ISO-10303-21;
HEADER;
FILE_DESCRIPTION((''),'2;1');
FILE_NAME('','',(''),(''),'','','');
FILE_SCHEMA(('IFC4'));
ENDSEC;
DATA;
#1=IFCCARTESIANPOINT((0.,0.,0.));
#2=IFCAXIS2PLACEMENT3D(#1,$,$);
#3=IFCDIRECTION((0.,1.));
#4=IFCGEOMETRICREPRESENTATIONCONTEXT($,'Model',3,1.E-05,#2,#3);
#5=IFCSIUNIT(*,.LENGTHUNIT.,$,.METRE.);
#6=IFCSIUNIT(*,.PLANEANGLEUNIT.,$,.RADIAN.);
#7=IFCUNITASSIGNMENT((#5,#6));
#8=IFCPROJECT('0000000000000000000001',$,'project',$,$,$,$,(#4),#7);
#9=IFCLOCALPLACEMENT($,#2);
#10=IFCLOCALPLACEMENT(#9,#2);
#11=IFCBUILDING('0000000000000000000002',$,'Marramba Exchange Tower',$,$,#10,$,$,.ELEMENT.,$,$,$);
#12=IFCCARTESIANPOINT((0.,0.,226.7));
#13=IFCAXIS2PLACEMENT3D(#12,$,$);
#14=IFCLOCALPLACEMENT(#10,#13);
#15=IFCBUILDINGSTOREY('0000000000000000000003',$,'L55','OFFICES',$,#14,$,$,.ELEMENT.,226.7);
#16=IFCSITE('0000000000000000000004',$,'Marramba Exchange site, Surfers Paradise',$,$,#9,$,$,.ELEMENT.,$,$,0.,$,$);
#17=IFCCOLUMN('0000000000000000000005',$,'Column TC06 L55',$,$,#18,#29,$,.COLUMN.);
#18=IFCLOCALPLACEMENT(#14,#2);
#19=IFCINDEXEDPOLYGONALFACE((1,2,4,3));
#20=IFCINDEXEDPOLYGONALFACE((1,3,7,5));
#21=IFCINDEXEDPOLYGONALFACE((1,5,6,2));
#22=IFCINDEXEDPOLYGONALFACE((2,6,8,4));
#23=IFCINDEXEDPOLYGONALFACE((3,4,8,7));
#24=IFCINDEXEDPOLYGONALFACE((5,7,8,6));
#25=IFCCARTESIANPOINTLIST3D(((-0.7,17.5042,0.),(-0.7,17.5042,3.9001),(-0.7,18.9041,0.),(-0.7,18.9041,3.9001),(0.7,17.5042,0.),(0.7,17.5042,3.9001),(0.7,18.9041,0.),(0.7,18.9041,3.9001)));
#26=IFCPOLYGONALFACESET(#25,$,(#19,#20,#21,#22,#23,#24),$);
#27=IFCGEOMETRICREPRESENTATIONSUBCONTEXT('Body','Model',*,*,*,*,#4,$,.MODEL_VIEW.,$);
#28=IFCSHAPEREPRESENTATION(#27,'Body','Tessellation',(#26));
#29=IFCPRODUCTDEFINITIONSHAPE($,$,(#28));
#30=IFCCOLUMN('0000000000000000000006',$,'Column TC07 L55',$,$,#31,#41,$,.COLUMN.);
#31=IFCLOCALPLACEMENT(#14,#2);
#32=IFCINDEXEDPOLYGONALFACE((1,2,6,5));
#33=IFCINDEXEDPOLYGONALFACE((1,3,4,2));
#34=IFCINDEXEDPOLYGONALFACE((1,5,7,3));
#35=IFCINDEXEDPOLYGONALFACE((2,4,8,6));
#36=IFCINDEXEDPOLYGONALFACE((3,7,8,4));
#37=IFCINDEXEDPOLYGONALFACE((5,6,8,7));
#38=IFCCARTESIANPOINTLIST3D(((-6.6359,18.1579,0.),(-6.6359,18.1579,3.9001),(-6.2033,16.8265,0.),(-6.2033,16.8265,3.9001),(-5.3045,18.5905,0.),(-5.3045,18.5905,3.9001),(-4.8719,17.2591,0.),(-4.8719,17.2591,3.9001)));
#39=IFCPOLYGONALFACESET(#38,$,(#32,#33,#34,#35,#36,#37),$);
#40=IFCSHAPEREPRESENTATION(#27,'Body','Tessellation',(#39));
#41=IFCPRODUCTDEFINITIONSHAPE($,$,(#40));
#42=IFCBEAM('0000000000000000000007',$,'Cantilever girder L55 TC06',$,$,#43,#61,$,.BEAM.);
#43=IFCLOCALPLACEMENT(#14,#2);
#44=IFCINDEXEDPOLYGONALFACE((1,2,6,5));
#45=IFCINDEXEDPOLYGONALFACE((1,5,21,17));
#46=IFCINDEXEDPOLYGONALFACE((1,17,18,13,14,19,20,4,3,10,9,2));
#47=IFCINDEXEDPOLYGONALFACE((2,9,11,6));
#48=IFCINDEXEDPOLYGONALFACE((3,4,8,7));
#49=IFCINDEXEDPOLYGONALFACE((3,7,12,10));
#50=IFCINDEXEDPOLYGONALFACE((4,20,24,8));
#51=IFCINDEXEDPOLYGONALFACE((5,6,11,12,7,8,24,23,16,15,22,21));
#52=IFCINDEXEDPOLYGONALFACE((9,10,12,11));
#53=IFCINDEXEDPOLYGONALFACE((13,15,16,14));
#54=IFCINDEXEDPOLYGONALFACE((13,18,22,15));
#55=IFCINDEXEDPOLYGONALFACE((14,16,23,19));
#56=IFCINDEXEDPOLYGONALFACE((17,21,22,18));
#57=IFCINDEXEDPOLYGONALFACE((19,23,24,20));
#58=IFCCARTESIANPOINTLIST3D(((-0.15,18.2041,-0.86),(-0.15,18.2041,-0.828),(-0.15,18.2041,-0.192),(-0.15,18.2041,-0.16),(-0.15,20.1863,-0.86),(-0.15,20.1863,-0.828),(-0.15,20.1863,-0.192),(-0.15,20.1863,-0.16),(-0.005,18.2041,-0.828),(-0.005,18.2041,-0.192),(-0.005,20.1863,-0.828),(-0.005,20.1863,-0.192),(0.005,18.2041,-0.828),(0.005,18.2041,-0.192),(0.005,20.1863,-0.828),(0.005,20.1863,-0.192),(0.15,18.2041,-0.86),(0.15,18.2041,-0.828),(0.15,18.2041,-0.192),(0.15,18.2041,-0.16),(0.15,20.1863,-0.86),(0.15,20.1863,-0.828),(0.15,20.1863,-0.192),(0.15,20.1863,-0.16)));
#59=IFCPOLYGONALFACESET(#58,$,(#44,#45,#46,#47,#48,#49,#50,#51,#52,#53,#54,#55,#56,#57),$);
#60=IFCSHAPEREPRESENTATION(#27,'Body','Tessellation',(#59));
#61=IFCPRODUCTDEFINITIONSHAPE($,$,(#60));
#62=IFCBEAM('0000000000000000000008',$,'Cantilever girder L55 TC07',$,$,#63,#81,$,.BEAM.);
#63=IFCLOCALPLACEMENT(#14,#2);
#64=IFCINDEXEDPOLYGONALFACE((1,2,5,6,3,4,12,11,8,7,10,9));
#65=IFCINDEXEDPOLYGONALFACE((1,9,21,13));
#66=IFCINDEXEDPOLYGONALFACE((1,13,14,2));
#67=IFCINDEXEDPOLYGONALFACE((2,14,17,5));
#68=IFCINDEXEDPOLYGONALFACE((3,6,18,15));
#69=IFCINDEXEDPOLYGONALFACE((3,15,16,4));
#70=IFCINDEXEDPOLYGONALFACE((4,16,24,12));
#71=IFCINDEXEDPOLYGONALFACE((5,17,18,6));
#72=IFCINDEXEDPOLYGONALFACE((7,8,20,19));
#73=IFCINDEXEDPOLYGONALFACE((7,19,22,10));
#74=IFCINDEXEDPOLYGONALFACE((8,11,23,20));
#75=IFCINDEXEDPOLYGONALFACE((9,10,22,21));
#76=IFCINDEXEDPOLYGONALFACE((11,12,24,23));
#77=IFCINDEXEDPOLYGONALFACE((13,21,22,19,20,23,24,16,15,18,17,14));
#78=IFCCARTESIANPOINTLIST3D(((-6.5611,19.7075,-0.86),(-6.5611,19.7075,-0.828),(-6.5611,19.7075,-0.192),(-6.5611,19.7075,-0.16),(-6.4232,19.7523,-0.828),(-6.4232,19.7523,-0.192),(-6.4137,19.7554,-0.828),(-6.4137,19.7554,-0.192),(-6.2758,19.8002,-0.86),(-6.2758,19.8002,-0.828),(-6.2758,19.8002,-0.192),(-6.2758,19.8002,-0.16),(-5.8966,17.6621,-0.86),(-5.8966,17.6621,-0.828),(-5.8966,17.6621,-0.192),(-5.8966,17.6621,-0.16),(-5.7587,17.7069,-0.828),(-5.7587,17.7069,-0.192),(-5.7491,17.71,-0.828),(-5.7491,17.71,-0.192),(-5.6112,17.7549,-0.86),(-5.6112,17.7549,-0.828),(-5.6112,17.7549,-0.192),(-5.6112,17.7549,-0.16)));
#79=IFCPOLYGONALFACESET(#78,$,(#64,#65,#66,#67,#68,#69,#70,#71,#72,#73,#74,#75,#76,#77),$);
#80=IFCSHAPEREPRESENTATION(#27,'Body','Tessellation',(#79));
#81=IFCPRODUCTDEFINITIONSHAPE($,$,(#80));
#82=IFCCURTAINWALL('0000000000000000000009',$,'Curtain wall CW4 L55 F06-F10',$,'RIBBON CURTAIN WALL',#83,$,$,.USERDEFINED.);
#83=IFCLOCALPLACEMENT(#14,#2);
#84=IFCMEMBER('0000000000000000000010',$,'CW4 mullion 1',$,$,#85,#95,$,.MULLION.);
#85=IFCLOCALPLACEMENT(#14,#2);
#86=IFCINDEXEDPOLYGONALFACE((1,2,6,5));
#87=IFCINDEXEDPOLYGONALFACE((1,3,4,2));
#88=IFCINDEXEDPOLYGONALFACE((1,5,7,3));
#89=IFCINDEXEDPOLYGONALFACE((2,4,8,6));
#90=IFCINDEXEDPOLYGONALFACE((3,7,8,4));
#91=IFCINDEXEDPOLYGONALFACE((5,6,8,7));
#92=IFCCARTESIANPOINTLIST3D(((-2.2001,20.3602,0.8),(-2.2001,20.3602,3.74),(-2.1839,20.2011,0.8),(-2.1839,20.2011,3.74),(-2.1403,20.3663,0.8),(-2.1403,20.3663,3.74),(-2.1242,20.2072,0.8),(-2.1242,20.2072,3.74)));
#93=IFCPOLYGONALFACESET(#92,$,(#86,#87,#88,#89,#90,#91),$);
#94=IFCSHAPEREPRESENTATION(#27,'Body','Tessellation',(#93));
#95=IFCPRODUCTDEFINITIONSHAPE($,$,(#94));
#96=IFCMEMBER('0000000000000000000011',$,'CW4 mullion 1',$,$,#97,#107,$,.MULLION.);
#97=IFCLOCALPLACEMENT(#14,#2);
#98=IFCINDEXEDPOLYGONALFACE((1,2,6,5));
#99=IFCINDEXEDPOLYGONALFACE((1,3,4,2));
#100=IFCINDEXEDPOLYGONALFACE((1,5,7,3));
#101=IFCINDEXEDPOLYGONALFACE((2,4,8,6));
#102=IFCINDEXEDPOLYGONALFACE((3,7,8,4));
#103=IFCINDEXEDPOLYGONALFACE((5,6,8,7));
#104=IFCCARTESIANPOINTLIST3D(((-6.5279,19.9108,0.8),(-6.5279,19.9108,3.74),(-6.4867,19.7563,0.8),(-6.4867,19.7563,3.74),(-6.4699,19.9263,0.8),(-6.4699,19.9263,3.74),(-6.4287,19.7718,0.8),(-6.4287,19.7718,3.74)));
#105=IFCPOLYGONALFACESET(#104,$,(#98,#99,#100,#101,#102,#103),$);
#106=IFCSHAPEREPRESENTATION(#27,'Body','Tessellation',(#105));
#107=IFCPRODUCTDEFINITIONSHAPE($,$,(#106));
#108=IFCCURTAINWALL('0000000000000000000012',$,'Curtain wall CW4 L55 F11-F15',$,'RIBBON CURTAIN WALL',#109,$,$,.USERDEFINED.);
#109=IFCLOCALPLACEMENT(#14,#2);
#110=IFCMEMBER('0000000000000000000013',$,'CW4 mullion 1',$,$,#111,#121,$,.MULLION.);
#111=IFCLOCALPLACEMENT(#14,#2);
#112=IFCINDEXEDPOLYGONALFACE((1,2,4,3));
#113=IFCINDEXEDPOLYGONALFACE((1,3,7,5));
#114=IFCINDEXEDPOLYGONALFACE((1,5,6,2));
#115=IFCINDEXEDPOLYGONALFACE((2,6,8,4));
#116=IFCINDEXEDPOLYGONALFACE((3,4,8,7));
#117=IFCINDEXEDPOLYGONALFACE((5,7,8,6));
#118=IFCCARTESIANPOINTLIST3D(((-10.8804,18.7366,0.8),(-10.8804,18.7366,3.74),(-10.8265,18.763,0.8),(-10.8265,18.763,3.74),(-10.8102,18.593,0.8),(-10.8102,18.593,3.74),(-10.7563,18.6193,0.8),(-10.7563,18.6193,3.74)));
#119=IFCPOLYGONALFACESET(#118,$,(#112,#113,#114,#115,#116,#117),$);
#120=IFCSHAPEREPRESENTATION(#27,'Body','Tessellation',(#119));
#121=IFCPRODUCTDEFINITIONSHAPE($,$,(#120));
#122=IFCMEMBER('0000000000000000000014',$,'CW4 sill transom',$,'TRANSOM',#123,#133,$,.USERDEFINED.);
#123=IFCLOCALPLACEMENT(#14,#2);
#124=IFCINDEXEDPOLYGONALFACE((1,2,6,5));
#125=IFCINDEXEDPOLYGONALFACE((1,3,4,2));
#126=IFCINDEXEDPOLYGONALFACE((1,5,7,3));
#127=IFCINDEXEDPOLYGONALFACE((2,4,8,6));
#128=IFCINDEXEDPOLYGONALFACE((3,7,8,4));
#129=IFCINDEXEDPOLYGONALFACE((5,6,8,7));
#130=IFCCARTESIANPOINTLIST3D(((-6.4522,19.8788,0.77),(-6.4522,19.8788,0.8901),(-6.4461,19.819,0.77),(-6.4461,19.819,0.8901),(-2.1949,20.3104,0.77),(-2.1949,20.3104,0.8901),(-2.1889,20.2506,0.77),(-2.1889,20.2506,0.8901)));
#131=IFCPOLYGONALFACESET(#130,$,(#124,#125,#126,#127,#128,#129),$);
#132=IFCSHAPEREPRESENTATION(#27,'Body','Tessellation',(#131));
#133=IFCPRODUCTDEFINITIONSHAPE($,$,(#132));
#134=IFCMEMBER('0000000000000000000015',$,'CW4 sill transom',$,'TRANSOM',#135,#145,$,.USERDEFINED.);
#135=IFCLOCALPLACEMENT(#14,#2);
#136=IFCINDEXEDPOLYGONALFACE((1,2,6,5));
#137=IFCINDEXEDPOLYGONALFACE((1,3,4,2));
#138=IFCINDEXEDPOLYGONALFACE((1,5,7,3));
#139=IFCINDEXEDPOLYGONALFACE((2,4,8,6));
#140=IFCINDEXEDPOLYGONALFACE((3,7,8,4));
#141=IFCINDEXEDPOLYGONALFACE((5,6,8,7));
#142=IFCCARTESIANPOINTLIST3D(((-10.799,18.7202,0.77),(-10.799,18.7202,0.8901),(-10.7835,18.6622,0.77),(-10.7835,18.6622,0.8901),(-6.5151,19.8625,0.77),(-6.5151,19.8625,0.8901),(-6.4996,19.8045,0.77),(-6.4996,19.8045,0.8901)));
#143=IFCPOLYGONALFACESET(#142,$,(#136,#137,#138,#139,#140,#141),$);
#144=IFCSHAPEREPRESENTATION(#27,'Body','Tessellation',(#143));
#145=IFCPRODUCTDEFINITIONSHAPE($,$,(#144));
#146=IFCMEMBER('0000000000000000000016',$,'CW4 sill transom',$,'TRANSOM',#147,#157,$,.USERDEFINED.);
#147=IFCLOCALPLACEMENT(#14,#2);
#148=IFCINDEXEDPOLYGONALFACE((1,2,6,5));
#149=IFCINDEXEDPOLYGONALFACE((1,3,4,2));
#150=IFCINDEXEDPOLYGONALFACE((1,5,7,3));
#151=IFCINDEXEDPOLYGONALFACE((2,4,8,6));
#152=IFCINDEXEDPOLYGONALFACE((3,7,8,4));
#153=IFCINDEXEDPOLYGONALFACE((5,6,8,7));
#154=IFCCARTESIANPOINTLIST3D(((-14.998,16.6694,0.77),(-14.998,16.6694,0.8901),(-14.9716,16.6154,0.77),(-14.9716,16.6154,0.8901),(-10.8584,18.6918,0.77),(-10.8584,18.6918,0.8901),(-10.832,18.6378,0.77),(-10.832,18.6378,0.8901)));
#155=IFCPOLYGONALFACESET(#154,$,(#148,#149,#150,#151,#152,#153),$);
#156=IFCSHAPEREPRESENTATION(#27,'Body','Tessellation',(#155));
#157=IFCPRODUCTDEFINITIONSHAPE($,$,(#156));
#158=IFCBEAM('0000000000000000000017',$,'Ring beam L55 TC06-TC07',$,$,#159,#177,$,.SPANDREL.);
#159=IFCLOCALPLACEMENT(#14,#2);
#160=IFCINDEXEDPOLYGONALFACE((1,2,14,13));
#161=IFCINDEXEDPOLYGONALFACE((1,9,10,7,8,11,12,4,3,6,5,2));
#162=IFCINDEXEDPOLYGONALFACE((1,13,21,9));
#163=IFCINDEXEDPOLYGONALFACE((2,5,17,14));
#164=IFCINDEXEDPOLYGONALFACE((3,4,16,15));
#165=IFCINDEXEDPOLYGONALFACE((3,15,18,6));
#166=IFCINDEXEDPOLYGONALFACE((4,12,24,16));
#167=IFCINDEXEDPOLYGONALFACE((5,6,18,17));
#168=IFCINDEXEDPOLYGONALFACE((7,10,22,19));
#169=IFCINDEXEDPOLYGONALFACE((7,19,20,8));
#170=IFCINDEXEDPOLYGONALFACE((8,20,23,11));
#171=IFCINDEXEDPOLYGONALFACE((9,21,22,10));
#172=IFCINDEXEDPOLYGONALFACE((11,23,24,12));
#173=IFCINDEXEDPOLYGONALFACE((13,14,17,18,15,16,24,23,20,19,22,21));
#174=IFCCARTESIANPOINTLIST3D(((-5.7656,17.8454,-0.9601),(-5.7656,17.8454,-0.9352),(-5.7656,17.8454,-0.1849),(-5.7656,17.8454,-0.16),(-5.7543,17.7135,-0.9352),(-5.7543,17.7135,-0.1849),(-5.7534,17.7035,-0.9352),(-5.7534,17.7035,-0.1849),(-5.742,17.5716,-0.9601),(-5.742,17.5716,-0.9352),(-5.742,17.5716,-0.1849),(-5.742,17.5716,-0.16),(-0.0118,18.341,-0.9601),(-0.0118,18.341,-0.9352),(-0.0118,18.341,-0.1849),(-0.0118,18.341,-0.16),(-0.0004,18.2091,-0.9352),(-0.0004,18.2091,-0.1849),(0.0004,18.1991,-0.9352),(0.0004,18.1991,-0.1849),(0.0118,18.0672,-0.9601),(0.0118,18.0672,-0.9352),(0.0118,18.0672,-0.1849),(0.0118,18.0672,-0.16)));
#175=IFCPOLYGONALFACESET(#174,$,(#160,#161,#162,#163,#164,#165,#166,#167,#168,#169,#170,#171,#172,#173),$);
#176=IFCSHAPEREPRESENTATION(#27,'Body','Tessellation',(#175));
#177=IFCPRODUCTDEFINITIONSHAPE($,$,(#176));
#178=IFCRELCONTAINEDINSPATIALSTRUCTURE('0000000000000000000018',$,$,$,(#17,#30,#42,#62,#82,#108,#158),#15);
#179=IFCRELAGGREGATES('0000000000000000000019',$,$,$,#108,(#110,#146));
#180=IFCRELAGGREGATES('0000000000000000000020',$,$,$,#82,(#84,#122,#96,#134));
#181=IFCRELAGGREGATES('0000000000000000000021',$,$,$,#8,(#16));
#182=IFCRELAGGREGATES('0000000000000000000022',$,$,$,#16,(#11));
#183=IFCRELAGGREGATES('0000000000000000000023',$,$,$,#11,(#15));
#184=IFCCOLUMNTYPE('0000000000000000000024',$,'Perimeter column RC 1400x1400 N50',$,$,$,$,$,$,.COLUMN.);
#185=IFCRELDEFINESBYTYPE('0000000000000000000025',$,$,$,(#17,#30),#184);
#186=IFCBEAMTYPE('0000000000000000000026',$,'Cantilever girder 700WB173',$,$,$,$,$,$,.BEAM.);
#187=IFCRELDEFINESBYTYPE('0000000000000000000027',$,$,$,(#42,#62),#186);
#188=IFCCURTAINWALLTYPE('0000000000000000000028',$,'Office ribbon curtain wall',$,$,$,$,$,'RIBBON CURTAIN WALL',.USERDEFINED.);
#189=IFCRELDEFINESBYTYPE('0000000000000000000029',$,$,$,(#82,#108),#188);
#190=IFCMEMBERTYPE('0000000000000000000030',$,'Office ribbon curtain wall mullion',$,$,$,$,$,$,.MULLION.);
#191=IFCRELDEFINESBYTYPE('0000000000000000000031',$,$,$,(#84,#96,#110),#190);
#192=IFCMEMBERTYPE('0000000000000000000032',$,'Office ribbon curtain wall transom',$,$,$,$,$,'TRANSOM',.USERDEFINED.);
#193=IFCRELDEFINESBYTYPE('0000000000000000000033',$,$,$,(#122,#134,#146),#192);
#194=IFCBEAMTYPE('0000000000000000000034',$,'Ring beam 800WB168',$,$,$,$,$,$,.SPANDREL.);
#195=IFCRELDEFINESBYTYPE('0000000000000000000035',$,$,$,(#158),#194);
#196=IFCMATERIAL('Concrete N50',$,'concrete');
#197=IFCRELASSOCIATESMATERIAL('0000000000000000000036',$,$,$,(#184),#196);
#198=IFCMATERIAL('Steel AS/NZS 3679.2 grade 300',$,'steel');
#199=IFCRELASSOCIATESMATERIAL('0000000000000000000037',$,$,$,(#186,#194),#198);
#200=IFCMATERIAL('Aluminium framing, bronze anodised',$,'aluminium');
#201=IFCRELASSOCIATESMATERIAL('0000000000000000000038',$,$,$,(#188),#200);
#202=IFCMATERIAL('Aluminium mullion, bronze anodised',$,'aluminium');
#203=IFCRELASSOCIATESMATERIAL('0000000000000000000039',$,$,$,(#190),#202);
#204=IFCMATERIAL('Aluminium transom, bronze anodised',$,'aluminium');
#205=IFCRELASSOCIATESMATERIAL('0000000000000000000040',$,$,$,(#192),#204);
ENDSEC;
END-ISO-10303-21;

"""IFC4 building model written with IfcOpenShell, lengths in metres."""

from ifc_helpers import new_model, si_unit, direction, frame, origin, origin_2d, place, context, subcontext, project, spatial, rectangle, i_section, extrude, material, material_profile, profile_set, type_object, element, aggregate, save


model = new_model("IFC4")

# Units and contexts
model_context = context("Model", 3, precision=1e-05, world=origin(), true_north=direction((0.0, 1.0)))
body_context = subcontext(model_context, "Body", "Model", "MODEL_VIEW")
ifc_project = project(units=[si_unit("LENGTHUNIT", "METRE"), si_unit("PLANEANGLEUNIT", "RADIAN")], contexts=[model_context])

# Site, building, storey
site_placement = place(None, origin())
site = spatial("IfcSite", under=ifc_project, at=site_placement, Name="Marramba Exchange site, Surfers Paradise", CompositionType="ELEMENT", RefElevation=0.0)
building_placement = place(site_placement, origin())
building = spatial("IfcBuilding", under=site, at=building_placement, Name="Marramba Exchange Tower", CompositionType="ELEMENT")
storey_placement = place(building_placement, frame((0.0, 0.0, 226.7)))
storey = spatial("IfcBuildingStorey", under=building, at=storey_placement, Name="L55", Description="OFFICES", CompositionType="ELEMENT", Elevation=226.7)

# Columns
ifc_material_1 = material(Name="Concrete N50", Category="concrete")
ifc_material_profile_1 = material_profile(ifc_material_1, rectangle(XDim=1.3999, YDim=1.3999, at=origin_2d()), Name="RC 1400x1400")
ifc_profile_set_1 = profile_set([ifc_material_profile_1], Name="Concrete N50")
column_type = type_object("IfcColumnType", Name="Perimeter column RC 1400x1400 N50", PredefinedType="COLUMN", material=ifc_profile_set_1)
for number, where, z_axis, x_axis, name in (
    (1, (0.0, 18.2041, 0.0), (0.0, 0.0, 1.0), (0.0, 1.0, 0.0), "Column TC06 L55"),
    (2, (-5.7539, 17.7085, 0.0), (0.0, 0.0, 1.0), (-0.309017, 0.951057, 0.0), "Column TC07 L55"),
):
    element("IfcColumn", number, at=place(storey_placement, frame(where, z_axis=z_axis, x_axis=x_axis)), inside=storey, type_object=column_type, Name=name, PredefinedType="COLUMN", context=body_context, shape_type="SweptSolid", body=[
        extrude(rectangle(XDim=1.3999, YDim=1.3999, at=origin_2d()), origin(), (0.0, 0.0, 1.0), 3.9001),
    ])

# Beams
ifc_material_2 = material(Name="Steel AS/NZS 3679.2 grade 300", Category="steel")
ifc_material_profile_2 = material_profile(ifc_material_2, i_section(OverallWidth=0.3, OverallDepth=0.7, WebThickness=0.01, FlangeThickness=0.032, at=origin_2d()), Name="700WB173")
ifc_profile_set_2 = profile_set([ifc_material_profile_2], Name="Steel AS/NZS 3679.2 grade 300")
beam_type_1 = type_object("IfcBeamType", Name="Cantilever girder 700WB173", PredefinedType="BEAM", material=ifc_profile_set_2)
beam_1_placement = place(storey_placement, frame((0.0, 18.2041, -0.51), z_axis=(0.0, 1.0, 0.0), x_axis=(-1.0, 0.0, 0.0)))
element("IfcBeam", 3, at=beam_1_placement, inside=storey, type_object=beam_type_1, Name="Cantilever girder L55 TC06", PredefinedType="BEAM", context=body_context, shape_type="SweptSolid", body=[
    extrude(i_section(OverallWidth=0.3, OverallDepth=0.7, WebThickness=0.01, FlangeThickness=0.032, at=origin_2d()), origin(), (0.0, 0.0, 1.0), 1.9822),
])
beam_2_placement = place(storey_placement, frame((-5.7539, 17.7085, -0.51), z_axis=(-0.308999, 0.951062, 0.0), x_axis=(-0.951062, -0.308999, 0.0)))
element("IfcBeam", 4, at=beam_2_placement, inside=storey, type_object=beam_type_1, Name="Cantilever girder L55 TC07", PredefinedType="BEAM", context=body_context, shape_type="SweptSolid", body=[
    extrude(i_section(OverallWidth=0.3, OverallDepth=0.7, WebThickness=0.01, FlangeThickness=0.032, at=origin_2d()), origin(), (0.0, 0.0, 1.0), 2.1506),
])

# Curtain wall, members
ifc_material_3 = material(Name="Aluminium framing, bronze anodised", Category="aluminium")
curtain_wall_type = type_object("IfcCurtainWallType", Name="Office ribbon curtain wall", ElementType="RIBBON CURTAIN WALL", PredefinedType="USERDEFINED", material=ifc_material_3)
curtain_wall_1_placement = place(storey_placement, origin())
curtain_wall_1 = element("IfcCurtainWall", 5, at=curtain_wall_1_placement, inside=storey, type_object=curtain_wall_type, Name="Curtain wall CW4 L55 F06-F10", ObjectType="RIBBON CURTAIN WALL", PredefinedType="USERDEFINED")
ifc_material_4 = material(Name="Aluminium mullion, bronze anodised", Category="aluminium")
ifc_material_profile_3 = material_profile(ifc_material_4, rectangle(XDim=0.1599, YDim=0.0601, at=origin_2d()), Name="CW4 mullion 60x160")
ifc_profile_set_3 = profile_set([ifc_material_profile_3], Name="Aluminium mullion, bronze anodised")
member_type_1 = type_object("IfcMemberType", Name="Office ribbon curtain wall mullion", PredefinedType="MULLION", material=ifc_profile_set_3)
member_1_placement = place(storey_placement, frame((-2.1621, 20.2837, 0.8), z_axis=(0.0, 0.0, 1.0), x_axis=(0.100863, -0.9949, 0.0)))
member_1 = element("IfcMember", 6, at=member_1_placement, type_object=member_type_1, Name="CW4 mullion 1", PredefinedType="MULLION", context=body_context, shape_type="SweptSolid", body=[
    extrude(rectangle(XDim=0.1599, YDim=0.0601, at=origin_2d()), origin(), (0.0, 0.0, 1.0), 2.9399),
])
member_2_placement = place(storey_placement, frame((-6.4783, 19.8413, 0.8), z_axis=(0.0, 0.0, 1.0), x_axis=(0.257641, -0.966241, 0.0)))
member_2 = element("IfcMember", 7, at=member_2_placement, type_object=member_type_1, Name="CW4 mullion 1", PredefinedType="MULLION", context=body_context, shape_type="SweptSolid", body=[
    extrude(rectangle(XDim=0.1599, YDim=0.0601, at=origin_2d()), origin(), (0.0, 0.0, 1.0), 2.9399),
])

# Curtain wall, member
curtain_wall_2_placement = place(storey_placement, origin())
curtain_wall_2 = element("IfcCurtainWall", 8, at=curtain_wall_2_placement, inside=storey, type_object=curtain_wall_type, Name="Curtain wall CW4 L55 F11-F15", ObjectType="RIBBON CURTAIN WALL", PredefinedType="USERDEFINED")
member_3_placement = place(storey_placement, frame((-10.8184, 18.678, 0.8), z_axis=(0.0, 0.0, 1.0), x_axis=(0.438972, -0.898501, 0.0)))
member_3 = element("IfcMember", 9, at=member_3_placement, type_object=member_type_1, Name="CW4 mullion 1", PredefinedType="MULLION", context=body_context, shape_type="SweptSolid", body=[
    extrude(rectangle(XDim=0.1599, YDim=0.0601, at=origin_2d()), origin(), (0.0, 0.0, 1.0), 2.9399),
])

# Members
ifc_material_5 = material(Name="Aluminium transom, bronze anodised", Category="aluminium")
ifc_material_profile_4 = material_profile(ifc_material_5, rectangle(XDim=0.0601, YDim=0.1201, at=origin_2d()), Name="CW4 transom 60x120")
ifc_profile_set_4 = profile_set([ifc_material_profile_4], Name="Aluminium transom, bronze anodised")
member_type_2 = type_object("IfcMemberType", Name="Office ribbon curtain wall transom", ElementType="TRANSOM", PredefinedType="USERDEFINED", material=ifc_profile_set_4)
member_4_placement = place(storey_placement, frame((-2.1919, 20.2805, 0.8301), z_axis=(-0.9949, -0.100871, 0.0), x_axis=(0.100871, -0.9949, 0.0)))
member_4 = element("IfcMember", 10, at=member_4_placement, type_object=member_type_2, Name="CW4 sill transom", ObjectType="TRANSOM", PredefinedType="USERDEFINED", context=body_context, shape_type="SweptSolid", body=[
    extrude(rectangle(XDim=0.0601, YDim=0.1201, at=origin_2d()), origin(), (0.0, 0.0, 1.0), 4.2791),
])
member_5_placement = place(storey_placement, frame((-6.5073, 19.8335, 0.8301), z_axis=(-0.966238, -0.257652, 0.0), x_axis=(0.257652, -0.966238, 0.0)))
member_5 = element("IfcMember", 11, at=member_5_placement, type_object=member_type_2, Name="CW4 sill transom", ObjectType="TRANSOM", PredefinedType="USERDEFINED", context=body_context, shape_type="SweptSolid", body=[
    extrude(rectangle(XDim=0.0601, YDim=0.1201, at=origin_2d()), origin(), (0.0, 0.0, 1.0), 4.4336),
])
member_6_placement = place(storey_placement, frame((-10.8452, 18.6648, 0.8301), z_axis=(-0.898501, -0.438971, 0.0), x_axis=(0.438971, -0.898501, 0.0)))
member_6 = element("IfcMember", 12, at=member_6_placement, type_object=member_type_2, Name="CW4 sill transom", ObjectType="TRANSOM", PredefinedType="USERDEFINED", context=body_context, shape_type="SweptSolid", body=[
    extrude(rectangle(XDim=0.0601, YDim=0.1201, at=origin_2d()), origin(), (0.0, 0.0, 1.0), 4.6072),
])
aggregate(curtain_wall_2, [member_3, member_6])

# Beam
ifc_material_profile_5 = material_profile(ifc_material_2, i_section(OverallWidth=0.2749, OverallDepth=0.8, WebThickness=0.01, FlangeThickness=0.0249, at=origin_2d()), Name="800WB168")
ifc_profile_set_5 = profile_set([ifc_material_profile_5], Name="Steel AS/NZS 3679.2 grade 300")
beam_type_2 = type_object("IfcBeamType", Name="Ring beam 800WB168", PredefinedType="SPANDREL", material=ifc_profile_set_5)
beam_3_placement = place(storey_placement, frame((0.0, 18.2041, -0.5601), z_axis=(-0.996311, -0.085816, 0.0), x_axis=(0.085816, -0.996311, 0.0)))
element("IfcBeam", 13, at=beam_3_placement, inside=storey, type_object=beam_type_2, Name="Ring beam L55 TC06-TC07", PredefinedType="SPANDREL", context=body_context, shape_type="SweptSolid", body=[
    extrude(i_section(OverallWidth=0.2749, OverallDepth=0.8, WebThickness=0.01, FlangeThickness=0.0249, at=origin_2d()), origin(), (0.0, 0.0, 1.0), 5.7751),
])

aggregate(curtain_wall_1, [member_1, member_4, member_2, member_5])

save(model, "model.ifc")
